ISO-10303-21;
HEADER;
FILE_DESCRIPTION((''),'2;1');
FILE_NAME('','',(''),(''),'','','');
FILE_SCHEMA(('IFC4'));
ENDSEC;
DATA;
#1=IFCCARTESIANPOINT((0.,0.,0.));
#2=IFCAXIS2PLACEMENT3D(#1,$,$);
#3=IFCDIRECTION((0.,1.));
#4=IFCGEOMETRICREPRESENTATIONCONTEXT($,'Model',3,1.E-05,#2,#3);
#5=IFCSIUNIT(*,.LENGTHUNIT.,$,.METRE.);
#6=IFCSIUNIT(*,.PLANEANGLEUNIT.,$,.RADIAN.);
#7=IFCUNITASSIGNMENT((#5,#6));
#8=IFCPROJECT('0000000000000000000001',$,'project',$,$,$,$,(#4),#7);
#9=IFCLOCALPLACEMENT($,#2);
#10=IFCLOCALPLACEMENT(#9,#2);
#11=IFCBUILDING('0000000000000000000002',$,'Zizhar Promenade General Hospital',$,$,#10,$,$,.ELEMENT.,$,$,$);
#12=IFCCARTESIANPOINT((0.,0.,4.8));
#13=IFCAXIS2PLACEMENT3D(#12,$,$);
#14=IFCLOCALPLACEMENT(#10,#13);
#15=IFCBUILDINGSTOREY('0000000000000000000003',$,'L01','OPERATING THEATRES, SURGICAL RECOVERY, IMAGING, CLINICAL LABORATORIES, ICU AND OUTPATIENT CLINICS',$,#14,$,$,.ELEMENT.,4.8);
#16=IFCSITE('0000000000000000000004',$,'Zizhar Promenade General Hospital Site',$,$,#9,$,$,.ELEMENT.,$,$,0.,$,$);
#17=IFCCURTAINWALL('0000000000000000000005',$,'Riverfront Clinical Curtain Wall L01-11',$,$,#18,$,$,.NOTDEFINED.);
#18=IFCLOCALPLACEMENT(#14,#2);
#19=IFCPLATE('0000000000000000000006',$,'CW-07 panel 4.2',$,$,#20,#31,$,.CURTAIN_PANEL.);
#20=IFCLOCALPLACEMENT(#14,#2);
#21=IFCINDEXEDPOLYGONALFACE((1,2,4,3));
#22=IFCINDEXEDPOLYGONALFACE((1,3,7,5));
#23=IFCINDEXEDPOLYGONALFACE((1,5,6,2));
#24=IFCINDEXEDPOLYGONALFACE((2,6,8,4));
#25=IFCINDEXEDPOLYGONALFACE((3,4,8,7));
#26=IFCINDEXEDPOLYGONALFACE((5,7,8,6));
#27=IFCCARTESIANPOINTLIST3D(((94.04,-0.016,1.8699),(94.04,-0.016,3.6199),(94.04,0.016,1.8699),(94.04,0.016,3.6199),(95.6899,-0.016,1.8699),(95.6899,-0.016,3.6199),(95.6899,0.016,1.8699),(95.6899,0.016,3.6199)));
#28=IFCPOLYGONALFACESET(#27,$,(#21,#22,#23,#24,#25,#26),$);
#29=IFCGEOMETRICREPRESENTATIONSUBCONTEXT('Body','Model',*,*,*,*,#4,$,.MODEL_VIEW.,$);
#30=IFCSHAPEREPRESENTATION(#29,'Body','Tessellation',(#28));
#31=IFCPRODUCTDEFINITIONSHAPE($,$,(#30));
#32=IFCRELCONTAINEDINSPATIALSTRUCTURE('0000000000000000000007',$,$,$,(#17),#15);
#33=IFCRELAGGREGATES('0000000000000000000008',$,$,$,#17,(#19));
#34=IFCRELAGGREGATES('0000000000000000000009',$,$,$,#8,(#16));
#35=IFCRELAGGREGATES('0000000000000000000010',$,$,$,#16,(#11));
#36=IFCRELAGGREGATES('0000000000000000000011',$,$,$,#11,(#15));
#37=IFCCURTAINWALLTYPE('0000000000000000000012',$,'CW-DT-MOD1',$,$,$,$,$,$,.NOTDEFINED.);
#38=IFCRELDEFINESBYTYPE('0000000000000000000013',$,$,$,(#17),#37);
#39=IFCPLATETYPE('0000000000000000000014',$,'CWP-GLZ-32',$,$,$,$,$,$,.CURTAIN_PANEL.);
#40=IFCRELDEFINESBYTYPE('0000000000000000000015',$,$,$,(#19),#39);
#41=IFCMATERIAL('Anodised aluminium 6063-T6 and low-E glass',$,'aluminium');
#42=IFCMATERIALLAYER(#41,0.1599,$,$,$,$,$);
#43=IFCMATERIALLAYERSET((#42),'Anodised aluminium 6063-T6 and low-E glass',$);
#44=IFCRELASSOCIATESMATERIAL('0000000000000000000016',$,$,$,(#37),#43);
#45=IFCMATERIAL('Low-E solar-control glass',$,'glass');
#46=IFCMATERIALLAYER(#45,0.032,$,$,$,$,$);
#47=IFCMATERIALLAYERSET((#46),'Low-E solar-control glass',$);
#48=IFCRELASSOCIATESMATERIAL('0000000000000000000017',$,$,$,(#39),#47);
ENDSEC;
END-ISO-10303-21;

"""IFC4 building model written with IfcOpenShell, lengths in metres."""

from ifc_helpers import new_model, si_unit, direction, frame, origin, origin_2d, place, context, subcontext, project, spatial, rectangle, extrude, material, layer, layer_set, type_object, element, aggregate, save


model = new_model("IFC4")

# Units and contexts
model_context = context("Model", 3, precision=1e-05, world=origin(), true_north=direction((0.0, 1.0)))
body_context = subcontext(model_context, "Body", "Model", "MODEL_VIEW")
ifc_project = project(units=[si_unit("LENGTHUNIT", "METRE"), si_unit("PLANEANGLEUNIT", "RADIAN")], contexts=[model_context])

# Site, building, storey
site_placement = place(None, origin())
site = spatial("IfcSite", under=ifc_project, at=site_placement, Name="Zizhar Promenade General Hospital Site", CompositionType="ELEMENT", RefElevation=0.0)
building_placement = place(site_placement, origin())
building = spatial("IfcBuilding", under=site, at=building_placement, Name="Zizhar Promenade General Hospital", CompositionType="ELEMENT")
storey_placement = place(building_placement, frame((0.0, 0.0, 4.8)))
storey = spatial("IfcBuildingStorey", under=building, at=storey_placement, Name="L01", Description="OPERATING THEATRES, SURGICAL RECOVERY, IMAGING, CLINICAL LABORATORIES, ICU AND OUTPATIENT CLINICS", CompositionType="ELEMENT", Elevation=4.8)

# Curtain wall, plate
ifc_material_1 = material(Name="Anodised aluminium 6063-T6 and low-E glass", Category="aluminium")
ifc_layer_1 = layer(ifc_material_1, 0.1599)
ifc_layer_set_1 = layer_set([ifc_layer_1], Name="Anodised aluminium 6063-T6 and low-E glass")
curtain_wall_type = type_object("IfcCurtainWallType", Name="CW-DT-MOD1", PredefinedType="NOTDEFINED", material=ifc_layer_set_1)
curtain_wall_placement = place(storey_placement, origin())
curtain_wall = element("IfcCurtainWall", 1, at=curtain_wall_placement, inside=storey, type_object=curtain_wall_type, Name="Riverfront Clinical Curtain Wall L01-11", PredefinedType="NOTDEFINED")
ifc_material_2 = material(Name="Low-E solar-control glass", Category="glass")
ifc_layer_2 = layer(ifc_material_2, 0.032)
ifc_layer_set_2 = layer_set([ifc_layer_2], Name="Low-E solar-control glass")
plate_type = type_object("IfcPlateType", Name="CWP-GLZ-32", PredefinedType="CURTAIN_PANEL", material=ifc_layer_set_2)
plate_1_placement = place(storey_placement, frame((94.865, 0.0, 1.8699), z_axis=(0.0, 0.0, 1.0), x_axis=(-1.0, 0.0, 0.0)))
plate_1 = element("IfcPlate", 2, at=plate_1_placement, type_object=plate_type, Name="CW-07 panel 4.2", PredefinedType="CURTAIN_PANEL", context=body_context, shape_type="SweptSolid", body=[
    extrude(rectangle(XDim=1.6499, YDim=0.032, at=origin_2d()), origin(), (0.0, 0.0, 1.0), 1.75),
])
aggregate(curtain_wall, [plate_1])

save(model, "model.ifc")
